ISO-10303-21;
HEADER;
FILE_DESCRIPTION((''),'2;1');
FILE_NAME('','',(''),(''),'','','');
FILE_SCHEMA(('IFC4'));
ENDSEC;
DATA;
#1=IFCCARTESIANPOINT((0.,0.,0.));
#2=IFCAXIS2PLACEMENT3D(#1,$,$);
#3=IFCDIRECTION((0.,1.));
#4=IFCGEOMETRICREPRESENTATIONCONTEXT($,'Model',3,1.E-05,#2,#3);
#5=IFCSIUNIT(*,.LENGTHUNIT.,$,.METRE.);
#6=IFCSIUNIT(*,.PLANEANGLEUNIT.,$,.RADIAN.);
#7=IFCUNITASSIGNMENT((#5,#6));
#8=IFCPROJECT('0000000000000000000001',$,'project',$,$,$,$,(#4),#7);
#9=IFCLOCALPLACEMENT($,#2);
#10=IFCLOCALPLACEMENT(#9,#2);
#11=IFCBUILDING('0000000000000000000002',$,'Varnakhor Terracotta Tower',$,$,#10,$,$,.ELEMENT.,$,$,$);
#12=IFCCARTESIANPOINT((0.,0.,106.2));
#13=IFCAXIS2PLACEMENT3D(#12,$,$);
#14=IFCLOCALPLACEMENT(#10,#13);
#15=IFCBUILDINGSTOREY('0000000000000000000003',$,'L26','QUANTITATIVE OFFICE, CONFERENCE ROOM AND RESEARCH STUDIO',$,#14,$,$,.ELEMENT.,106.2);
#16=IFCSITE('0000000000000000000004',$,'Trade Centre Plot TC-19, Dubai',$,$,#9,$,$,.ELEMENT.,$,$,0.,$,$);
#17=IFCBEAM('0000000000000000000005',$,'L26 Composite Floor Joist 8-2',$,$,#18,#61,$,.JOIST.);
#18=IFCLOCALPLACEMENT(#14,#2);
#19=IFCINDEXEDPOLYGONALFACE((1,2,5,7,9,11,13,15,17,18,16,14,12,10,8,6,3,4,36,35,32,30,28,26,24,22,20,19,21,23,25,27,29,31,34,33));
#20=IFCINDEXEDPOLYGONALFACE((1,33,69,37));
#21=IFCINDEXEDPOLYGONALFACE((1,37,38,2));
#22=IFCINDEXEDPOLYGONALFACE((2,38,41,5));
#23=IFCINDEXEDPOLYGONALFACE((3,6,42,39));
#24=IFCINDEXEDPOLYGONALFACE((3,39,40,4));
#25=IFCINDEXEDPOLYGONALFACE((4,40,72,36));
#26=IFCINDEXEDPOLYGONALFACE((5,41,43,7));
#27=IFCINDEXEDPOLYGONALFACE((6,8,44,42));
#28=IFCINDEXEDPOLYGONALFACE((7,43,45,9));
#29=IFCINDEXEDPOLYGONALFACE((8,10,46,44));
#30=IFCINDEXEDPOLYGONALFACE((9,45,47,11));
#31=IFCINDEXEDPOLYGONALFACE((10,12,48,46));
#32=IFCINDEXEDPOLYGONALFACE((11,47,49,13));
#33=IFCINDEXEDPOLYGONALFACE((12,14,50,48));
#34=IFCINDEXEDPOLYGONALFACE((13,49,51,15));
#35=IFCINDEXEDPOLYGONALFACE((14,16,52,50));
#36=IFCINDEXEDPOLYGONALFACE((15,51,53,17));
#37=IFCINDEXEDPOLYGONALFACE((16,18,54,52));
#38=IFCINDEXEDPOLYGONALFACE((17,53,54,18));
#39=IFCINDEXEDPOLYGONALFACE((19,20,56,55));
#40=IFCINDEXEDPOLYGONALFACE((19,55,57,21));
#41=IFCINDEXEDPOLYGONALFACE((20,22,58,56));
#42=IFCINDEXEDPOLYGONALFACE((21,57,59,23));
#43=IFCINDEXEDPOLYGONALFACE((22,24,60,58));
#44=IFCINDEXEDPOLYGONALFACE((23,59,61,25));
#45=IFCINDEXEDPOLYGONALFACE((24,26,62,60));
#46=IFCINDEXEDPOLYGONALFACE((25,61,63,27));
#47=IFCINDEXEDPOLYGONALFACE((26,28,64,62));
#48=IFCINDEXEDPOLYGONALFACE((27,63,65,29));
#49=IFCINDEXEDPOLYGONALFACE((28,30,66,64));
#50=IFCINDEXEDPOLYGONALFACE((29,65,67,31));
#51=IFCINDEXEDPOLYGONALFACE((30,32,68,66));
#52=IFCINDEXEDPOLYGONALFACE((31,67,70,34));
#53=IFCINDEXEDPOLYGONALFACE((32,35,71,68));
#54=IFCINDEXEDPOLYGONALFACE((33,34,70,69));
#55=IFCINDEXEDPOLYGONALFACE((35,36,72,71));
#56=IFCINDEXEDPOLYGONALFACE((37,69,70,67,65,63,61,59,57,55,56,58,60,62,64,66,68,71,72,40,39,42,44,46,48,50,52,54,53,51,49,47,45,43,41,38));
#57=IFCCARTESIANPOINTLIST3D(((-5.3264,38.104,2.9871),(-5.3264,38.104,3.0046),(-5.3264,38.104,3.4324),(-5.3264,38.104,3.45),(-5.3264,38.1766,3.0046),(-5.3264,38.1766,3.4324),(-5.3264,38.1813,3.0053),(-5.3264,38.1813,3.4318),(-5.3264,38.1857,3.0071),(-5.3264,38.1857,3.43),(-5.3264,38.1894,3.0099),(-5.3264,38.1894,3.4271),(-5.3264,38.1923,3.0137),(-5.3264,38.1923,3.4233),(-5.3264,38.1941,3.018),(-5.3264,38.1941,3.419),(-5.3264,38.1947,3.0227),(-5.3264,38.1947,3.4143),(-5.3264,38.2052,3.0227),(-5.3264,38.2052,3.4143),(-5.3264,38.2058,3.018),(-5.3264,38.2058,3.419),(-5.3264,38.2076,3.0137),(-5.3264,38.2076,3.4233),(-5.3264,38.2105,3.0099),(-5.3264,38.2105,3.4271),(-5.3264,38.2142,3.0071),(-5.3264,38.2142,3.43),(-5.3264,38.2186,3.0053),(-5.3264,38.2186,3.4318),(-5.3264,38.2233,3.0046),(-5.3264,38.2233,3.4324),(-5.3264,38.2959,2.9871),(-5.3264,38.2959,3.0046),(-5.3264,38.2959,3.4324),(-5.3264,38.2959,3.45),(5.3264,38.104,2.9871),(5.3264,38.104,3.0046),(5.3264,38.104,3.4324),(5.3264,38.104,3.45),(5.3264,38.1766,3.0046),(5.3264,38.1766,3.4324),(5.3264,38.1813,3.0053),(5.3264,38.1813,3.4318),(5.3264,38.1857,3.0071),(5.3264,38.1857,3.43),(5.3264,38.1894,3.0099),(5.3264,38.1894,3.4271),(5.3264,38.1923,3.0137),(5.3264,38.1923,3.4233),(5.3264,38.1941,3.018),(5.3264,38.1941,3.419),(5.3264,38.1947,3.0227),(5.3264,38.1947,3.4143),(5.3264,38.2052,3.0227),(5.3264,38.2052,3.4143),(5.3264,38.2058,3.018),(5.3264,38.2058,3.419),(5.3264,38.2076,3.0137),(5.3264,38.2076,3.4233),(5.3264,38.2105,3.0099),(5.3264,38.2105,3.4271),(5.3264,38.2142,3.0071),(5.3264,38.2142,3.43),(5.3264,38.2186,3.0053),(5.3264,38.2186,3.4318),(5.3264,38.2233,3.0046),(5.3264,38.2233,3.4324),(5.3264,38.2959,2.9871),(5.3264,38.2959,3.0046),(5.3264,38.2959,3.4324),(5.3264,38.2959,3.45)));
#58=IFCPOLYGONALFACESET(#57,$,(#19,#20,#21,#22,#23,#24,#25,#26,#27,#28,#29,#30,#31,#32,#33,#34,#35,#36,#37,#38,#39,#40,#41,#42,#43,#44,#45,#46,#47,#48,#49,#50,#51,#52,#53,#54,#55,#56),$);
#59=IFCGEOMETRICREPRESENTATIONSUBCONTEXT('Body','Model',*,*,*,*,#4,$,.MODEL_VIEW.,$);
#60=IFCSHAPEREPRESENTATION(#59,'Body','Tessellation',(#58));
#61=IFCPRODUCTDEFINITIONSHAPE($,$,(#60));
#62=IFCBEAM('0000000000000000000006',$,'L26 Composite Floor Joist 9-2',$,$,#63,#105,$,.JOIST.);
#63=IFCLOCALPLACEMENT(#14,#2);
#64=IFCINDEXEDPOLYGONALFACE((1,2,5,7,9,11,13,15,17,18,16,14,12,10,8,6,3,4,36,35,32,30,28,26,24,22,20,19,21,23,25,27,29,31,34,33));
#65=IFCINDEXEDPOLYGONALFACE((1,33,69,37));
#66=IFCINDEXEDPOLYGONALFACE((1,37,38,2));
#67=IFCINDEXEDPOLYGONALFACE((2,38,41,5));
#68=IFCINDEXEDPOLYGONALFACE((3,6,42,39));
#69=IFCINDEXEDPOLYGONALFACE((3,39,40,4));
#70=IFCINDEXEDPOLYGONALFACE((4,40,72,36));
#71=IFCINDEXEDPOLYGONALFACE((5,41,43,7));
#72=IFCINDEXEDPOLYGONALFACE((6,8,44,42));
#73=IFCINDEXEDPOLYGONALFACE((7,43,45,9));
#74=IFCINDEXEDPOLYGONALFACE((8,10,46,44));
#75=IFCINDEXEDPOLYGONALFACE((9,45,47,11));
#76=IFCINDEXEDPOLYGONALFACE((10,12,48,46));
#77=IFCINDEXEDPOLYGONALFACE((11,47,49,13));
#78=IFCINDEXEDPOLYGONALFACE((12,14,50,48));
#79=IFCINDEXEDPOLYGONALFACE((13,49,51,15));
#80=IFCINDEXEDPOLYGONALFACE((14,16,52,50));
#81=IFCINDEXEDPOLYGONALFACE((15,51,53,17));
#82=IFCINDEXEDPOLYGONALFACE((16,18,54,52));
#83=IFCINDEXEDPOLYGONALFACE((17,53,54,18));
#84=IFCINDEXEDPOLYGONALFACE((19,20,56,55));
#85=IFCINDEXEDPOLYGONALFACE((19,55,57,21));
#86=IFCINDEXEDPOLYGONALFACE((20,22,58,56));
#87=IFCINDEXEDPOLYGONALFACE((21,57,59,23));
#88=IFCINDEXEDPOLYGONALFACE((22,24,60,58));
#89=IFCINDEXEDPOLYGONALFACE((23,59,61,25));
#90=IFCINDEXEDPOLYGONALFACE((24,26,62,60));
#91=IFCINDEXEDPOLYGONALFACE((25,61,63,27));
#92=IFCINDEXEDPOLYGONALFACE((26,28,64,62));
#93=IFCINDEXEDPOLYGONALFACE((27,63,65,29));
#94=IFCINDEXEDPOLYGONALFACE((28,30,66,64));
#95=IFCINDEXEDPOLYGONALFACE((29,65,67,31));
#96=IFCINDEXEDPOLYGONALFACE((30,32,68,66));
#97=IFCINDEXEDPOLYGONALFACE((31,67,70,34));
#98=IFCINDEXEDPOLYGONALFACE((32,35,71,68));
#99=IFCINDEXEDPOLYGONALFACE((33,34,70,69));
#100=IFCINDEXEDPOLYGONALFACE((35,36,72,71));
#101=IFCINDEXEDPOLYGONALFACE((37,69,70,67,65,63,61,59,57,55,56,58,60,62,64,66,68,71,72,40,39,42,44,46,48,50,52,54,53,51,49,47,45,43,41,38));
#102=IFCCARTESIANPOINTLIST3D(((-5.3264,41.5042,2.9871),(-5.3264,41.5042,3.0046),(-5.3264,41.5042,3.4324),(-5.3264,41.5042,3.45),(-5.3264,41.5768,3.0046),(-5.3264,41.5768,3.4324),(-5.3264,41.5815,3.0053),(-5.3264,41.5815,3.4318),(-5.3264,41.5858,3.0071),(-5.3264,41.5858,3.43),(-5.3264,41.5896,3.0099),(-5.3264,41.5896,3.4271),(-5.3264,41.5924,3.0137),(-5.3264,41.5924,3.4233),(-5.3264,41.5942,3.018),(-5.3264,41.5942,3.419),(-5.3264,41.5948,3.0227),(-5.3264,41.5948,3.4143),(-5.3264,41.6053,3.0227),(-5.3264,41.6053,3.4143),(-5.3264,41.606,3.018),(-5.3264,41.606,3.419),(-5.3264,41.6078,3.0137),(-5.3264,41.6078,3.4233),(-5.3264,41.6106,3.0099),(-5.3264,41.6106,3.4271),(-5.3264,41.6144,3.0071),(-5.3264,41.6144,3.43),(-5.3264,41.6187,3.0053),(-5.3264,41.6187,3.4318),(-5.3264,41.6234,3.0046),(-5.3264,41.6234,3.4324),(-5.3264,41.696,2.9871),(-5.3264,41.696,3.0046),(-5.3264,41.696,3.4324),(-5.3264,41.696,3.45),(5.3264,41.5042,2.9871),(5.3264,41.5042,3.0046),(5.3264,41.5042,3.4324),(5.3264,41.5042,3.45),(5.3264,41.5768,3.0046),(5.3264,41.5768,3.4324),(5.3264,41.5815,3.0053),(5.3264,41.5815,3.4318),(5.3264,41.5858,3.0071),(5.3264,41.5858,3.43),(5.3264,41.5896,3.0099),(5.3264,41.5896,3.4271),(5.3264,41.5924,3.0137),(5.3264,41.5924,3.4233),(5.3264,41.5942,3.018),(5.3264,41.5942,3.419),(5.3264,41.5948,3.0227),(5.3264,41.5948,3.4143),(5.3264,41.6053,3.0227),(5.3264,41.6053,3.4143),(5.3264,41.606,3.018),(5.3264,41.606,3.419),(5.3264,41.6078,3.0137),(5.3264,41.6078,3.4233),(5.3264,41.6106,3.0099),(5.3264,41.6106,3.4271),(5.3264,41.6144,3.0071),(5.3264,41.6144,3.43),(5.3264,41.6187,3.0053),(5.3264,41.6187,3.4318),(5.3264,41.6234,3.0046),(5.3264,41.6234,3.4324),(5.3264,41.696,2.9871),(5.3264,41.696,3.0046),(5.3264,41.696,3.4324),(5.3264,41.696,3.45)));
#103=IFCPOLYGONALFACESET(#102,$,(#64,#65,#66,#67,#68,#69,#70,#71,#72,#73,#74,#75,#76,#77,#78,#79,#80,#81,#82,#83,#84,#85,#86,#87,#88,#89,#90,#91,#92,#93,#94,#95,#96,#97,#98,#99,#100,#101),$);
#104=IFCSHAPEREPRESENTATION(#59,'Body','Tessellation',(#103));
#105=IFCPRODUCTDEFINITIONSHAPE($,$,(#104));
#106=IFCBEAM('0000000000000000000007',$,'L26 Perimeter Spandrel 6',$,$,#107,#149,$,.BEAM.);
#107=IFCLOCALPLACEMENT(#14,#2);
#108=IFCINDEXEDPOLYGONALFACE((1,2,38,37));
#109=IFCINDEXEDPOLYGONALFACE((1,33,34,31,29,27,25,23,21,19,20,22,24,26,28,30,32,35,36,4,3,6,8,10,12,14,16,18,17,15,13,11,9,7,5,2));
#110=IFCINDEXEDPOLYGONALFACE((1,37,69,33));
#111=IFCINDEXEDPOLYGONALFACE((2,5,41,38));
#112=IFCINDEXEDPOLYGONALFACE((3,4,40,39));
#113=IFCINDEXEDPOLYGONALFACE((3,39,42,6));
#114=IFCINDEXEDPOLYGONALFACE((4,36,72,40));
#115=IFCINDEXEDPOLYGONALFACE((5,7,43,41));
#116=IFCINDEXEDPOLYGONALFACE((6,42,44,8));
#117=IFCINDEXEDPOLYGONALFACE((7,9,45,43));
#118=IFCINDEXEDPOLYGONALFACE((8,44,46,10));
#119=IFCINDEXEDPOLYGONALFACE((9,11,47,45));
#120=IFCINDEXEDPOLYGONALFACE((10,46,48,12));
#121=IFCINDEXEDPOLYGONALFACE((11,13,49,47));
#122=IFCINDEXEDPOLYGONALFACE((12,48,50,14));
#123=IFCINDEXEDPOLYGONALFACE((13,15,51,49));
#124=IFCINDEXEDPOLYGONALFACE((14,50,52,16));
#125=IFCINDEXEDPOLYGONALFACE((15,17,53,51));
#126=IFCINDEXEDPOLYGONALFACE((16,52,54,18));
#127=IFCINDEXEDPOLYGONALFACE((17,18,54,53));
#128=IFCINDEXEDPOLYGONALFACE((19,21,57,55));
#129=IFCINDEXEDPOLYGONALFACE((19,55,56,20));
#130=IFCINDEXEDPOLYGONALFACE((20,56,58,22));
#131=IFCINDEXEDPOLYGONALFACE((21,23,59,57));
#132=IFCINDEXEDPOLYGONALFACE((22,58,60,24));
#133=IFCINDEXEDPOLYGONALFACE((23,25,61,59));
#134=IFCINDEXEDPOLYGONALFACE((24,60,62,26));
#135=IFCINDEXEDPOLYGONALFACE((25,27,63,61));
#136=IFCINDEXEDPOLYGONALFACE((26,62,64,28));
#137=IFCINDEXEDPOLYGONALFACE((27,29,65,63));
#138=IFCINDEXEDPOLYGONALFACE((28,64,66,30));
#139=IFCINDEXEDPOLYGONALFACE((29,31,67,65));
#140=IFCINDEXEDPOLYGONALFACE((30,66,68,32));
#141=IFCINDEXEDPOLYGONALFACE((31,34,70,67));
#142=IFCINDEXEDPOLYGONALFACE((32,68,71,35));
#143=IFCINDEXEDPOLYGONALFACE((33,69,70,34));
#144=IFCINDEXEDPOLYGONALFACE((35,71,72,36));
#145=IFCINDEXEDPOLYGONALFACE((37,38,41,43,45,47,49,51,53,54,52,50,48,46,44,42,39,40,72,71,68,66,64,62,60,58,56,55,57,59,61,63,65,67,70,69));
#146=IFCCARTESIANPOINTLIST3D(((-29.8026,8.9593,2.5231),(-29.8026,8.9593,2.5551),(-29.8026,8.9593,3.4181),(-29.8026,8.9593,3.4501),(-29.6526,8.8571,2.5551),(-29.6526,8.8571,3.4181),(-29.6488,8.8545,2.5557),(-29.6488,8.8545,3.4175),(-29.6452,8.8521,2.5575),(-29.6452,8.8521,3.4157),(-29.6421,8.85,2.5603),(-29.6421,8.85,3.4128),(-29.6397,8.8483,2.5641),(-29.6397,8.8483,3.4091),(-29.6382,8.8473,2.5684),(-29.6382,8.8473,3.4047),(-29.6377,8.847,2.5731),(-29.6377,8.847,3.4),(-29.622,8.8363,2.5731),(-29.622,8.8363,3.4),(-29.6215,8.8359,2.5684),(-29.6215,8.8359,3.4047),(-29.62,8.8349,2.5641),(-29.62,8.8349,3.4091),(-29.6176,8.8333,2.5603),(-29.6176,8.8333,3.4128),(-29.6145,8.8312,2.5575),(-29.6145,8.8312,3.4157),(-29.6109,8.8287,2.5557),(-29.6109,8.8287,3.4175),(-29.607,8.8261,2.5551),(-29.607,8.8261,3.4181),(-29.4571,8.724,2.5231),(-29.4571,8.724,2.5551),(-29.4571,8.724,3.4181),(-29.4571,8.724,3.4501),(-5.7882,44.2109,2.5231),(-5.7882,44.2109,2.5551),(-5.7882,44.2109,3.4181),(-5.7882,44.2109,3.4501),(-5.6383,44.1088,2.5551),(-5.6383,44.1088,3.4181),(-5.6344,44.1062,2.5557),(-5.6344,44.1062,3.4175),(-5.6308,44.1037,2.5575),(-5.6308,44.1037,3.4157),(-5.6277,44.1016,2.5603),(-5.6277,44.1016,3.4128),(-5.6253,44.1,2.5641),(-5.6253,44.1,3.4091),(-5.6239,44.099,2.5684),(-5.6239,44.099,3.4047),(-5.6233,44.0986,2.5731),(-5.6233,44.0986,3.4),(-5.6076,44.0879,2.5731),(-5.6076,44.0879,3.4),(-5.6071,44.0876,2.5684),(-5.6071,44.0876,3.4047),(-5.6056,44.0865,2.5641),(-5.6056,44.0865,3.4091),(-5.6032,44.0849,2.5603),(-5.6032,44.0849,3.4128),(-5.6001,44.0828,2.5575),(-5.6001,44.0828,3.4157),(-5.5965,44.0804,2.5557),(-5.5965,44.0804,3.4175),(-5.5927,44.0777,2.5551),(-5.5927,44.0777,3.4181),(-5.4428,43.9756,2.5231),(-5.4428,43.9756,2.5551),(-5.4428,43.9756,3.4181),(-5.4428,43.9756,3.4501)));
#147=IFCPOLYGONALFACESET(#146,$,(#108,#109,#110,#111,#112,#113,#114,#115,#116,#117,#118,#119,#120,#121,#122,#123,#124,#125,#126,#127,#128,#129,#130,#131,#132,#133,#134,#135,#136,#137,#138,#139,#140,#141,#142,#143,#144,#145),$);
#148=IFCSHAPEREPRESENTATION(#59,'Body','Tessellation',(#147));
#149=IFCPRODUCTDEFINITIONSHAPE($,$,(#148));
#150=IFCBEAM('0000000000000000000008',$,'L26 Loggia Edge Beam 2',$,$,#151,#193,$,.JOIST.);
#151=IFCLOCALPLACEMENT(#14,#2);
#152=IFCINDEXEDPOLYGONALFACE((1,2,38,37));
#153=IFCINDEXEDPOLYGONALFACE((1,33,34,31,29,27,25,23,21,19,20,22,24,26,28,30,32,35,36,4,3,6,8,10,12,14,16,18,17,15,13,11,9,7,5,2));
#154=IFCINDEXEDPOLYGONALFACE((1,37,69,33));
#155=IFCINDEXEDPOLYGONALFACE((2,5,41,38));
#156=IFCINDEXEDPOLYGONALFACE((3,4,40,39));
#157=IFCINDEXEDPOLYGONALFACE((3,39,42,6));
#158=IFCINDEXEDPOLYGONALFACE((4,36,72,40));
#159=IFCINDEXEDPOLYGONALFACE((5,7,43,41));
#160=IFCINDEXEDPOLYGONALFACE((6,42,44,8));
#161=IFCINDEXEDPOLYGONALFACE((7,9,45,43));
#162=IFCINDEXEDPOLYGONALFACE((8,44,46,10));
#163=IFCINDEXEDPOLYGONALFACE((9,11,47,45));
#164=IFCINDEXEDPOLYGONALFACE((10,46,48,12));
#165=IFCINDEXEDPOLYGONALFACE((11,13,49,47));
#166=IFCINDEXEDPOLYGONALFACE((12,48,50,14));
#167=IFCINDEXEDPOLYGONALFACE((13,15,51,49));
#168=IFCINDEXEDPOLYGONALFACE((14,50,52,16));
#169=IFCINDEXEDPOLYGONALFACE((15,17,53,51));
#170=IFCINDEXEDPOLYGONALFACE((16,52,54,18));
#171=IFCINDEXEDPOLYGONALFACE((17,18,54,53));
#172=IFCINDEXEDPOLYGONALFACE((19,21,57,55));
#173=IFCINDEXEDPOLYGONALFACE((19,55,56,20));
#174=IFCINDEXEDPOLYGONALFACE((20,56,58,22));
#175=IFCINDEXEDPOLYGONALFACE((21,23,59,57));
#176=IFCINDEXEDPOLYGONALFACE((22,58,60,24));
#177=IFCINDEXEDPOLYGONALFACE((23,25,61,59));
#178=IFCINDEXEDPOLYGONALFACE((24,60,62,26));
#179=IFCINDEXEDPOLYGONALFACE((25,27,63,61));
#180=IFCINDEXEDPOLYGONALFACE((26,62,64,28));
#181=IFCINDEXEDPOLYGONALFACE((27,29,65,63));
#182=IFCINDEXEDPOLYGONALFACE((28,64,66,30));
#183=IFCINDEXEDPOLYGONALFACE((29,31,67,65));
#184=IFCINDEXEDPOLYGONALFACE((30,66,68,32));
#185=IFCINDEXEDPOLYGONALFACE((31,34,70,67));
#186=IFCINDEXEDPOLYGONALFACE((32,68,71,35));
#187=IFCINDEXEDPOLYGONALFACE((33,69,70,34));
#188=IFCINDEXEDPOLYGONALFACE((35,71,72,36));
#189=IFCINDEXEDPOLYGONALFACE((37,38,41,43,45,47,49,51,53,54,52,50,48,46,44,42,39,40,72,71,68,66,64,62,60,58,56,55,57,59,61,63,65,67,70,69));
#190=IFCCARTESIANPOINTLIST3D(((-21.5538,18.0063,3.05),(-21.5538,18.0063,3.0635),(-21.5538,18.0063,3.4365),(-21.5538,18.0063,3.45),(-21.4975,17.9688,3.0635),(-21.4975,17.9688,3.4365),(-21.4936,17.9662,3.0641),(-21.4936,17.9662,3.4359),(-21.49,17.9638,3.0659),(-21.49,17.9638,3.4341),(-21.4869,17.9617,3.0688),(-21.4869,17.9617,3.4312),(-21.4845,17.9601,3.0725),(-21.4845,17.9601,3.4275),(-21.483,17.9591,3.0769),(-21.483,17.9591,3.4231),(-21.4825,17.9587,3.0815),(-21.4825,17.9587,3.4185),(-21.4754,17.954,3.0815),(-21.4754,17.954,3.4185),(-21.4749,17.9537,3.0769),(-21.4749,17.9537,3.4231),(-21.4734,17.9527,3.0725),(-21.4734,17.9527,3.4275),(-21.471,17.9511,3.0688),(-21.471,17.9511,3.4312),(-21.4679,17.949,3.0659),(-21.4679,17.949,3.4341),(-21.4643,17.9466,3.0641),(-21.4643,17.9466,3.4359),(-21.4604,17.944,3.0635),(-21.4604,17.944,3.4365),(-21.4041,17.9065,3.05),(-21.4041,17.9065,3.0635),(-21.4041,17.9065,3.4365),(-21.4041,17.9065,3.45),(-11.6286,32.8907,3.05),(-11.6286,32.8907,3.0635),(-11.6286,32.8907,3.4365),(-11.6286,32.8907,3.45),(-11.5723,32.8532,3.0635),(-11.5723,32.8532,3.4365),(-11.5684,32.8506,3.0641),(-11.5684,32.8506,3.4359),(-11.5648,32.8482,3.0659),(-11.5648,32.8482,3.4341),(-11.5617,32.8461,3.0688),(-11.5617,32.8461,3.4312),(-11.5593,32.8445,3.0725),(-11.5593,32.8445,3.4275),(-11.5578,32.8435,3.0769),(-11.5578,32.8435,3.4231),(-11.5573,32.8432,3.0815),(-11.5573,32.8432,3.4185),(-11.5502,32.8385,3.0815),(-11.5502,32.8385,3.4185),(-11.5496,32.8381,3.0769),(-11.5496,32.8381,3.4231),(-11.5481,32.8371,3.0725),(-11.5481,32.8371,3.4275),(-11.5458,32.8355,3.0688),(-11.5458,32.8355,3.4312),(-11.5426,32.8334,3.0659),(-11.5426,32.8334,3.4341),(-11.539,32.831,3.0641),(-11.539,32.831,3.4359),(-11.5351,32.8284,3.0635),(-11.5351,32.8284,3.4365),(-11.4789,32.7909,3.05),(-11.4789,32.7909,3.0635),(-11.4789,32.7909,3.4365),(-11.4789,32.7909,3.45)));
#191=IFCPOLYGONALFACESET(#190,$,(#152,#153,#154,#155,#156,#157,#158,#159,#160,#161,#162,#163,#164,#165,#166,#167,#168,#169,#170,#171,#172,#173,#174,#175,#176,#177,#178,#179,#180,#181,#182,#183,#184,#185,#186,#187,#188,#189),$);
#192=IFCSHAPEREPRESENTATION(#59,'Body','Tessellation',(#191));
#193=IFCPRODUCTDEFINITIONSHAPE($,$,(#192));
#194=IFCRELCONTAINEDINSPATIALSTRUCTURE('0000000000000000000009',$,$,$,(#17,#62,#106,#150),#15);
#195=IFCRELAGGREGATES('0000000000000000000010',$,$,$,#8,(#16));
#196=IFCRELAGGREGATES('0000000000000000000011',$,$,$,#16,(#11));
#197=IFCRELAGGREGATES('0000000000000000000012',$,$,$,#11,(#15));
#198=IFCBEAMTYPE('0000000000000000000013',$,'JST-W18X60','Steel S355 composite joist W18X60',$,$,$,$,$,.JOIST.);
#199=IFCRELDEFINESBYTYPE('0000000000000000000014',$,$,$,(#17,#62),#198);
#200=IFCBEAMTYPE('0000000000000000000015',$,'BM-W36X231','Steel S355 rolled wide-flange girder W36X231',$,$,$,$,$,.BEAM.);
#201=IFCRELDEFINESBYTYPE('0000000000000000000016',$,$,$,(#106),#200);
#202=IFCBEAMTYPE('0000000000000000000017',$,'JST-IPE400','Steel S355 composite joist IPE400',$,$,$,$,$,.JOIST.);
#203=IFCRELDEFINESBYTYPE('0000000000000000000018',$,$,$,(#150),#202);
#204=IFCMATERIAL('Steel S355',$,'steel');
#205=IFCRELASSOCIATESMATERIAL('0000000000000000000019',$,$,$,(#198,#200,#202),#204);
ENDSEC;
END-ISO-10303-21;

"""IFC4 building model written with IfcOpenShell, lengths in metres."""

from ifc_helpers import new_model, si_unit, direction, frame, origin, origin_2d, place, context, subcontext, project, spatial, i_section, extrude, source, transform, mapped, material, material_profile, profile_set, type_object, element, save


model = new_model("IFC4")

# Units and contexts
model_context = context("Model", 3, precision=1e-05, world=origin(), true_north=direction((0.0, 1.0)))
body_context = subcontext(model_context, "Body", "Model", "MODEL_VIEW")
ifc_project = project(units=[si_unit("LENGTHUNIT", "METRE"), si_unit("PLANEANGLEUNIT", "RADIAN")], contexts=[model_context])

# Site, building, storey
site_placement = place(None, origin())
site = spatial("IfcSite", under=ifc_project, at=site_placement, Name="Trade Centre Plot TC-19, Dubai", CompositionType="ELEMENT", RefElevation=0.0)
building_placement = place(site_placement, origin())
building = spatial("IfcBuilding", under=site, at=building_placement, Name="Varnakhor Terracotta Tower", CompositionType="ELEMENT")
storey_placement = place(building_placement, frame((0.0, 0.0, 106.2)))
storey = spatial("IfcBuildingStorey", under=building, at=storey_placement, Name="L26", Description="QUANTITATIVE OFFICE, CONFERENCE ROOM AND RESEARCH STUDIO", CompositionType="ELEMENT", Elevation=106.2)

# Beams
ifc_material_1 = material(Name="Steel S355", Category="steel")
ifc_material_profile_1 = material_profile(ifc_material_1, i_section(OverallWidth=0.1919, OverallDepth=0.4629, WebThickness=0.0105, FlangeThickness=0.0176, FilletRadius=0.0181, at=origin_2d()), Name="W18X60")
ifc_profile_set_1 = profile_set([ifc_material_profile_1], Name="Steel S355")
beam_type_1 = type_object("IfcBeamType", Name="JST-W18X60", Description="Steel S355 composite joist W18X60", PredefinedType="JOIST", material=ifc_profile_set_1)
shared_shape_1 = source(origin(), body_context, "Body", "SweptSolid", [
    extrude(i_section(OverallWidth=0.1919, OverallDepth=0.4629, WebThickness=0.0105, FlangeThickness=0.0176, FilletRadius=0.0181, at=origin_2d()), origin(), (0.0, 0.0, 1.0), 10.6528),
])
for number, where, z_axis, x_axis, name in (
    (1, (-5.3264, 38.2, 3.2185), (1.0, 0.0, 0.0), (0.0, 1.0, 0.0), "L26 Composite Floor Joist 8-2"),
    (2, (-5.3264, 41.6001, 3.2185), (1.0, 0.0, 0.0), (0.0, 1.0, 0.0), "L26 Composite Floor Joist 9-2"),
):
    element("IfcBeam", number, at=place(storey_placement, frame(where, z_axis=z_axis, x_axis=x_axis)), inside=storey, type_object=beam_type_1, Name=name, PredefinedType="JOIST", context=body_context, shape_type="MappedRepresentation", body=[
        mapped(shared_shape_1, transform((0.0, 0.0, 0.0), scale=1.0)),
    ])
ifc_material_profile_2 = material_profile(ifc_material_1, i_section(OverallWidth=0.418, OverallDepth=0.927, WebThickness=0.019, FlangeThickness=0.032, FilletRadius=0.0181, at=origin_2d()), Name="W36X231")
ifc_profile_set_2 = profile_set([ifc_material_profile_2], Name="Steel S355")
beam_type_2 = type_object("IfcBeamType", Name="BM-W36X231", Description="Steel S355 rolled wide-flange girder W36X231", PredefinedType="BEAM", material=ifc_profile_set_2)
shared_shape_2 = source(origin(), body_context, "Body", "SweptSolid", [
    extrude(i_section(OverallWidth=0.418, OverallDepth=0.927, WebThickness=0.019, FlangeThickness=0.032, FilletRadius=0.0181, at=origin_2d()), origin(), (0.0, 0.0, 1.0), 42.6541),
])
beam_1_placement = place(storey_placement, frame((-5.6155, 44.0933, 2.9866), z_axis=(-0.563003, -0.826455, 0.0), x_axis=(0.826455, -0.563003, 0.0)))
element("IfcBeam", 3, at=beam_1_placement, inside=storey, type_object=beam_type_2, Name="L26 Perimeter Spandrel 6", PredefinedType="BEAM", context=body_context, shape_type="MappedRepresentation", body=[
    mapped(shared_shape_2, transform((0.0, 0.0, 0.0), scale=1.0)),
])
ifc_material_profile_3 = material_profile(ifc_material_1, i_section(OverallWidth=0.1799, OverallDepth=0.3999, WebThickness=0.0085, FlangeThickness=0.0134, FilletRadius=0.0181, at=origin_2d()), Name="IPE400")
ifc_profile_set_3 = profile_set([ifc_material_profile_3], Name="Steel S355")
beam_type_3 = type_object("IfcBeamType", Name="JST-IPE400", Description="Steel S355 composite joist IPE400", PredefinedType="JOIST", material=ifc_profile_set_3)
shared_shape_3 = source(origin(), body_context, "Body", "SweptSolid", [
    extrude(i_section(OverallWidth=0.1799, OverallDepth=0.3999, WebThickness=0.0085, FlangeThickness=0.0134, FilletRadius=0.0181, at=origin_2d()), origin(), (0.0, 0.0, 1.0), 17.8901),
])
beam_2_placement = place(storey_placement, frame((-11.5537, 32.8408, 3.25), z_axis=(-0.554788, -0.831992, 0.0), x_axis=(0.831992, -0.554788, 0.0)))
element("IfcBeam", 4, at=beam_2_placement, inside=storey, type_object=beam_type_3, Name="L26 Loggia Edge Beam 2", PredefinedType="JOIST", context=body_context, shape_type="MappedRepresentation", body=[
    mapped(shared_shape_3, transform((0.0, 0.0, 0.0), scale=1.0)),
])

save(model, "model.ifc")
